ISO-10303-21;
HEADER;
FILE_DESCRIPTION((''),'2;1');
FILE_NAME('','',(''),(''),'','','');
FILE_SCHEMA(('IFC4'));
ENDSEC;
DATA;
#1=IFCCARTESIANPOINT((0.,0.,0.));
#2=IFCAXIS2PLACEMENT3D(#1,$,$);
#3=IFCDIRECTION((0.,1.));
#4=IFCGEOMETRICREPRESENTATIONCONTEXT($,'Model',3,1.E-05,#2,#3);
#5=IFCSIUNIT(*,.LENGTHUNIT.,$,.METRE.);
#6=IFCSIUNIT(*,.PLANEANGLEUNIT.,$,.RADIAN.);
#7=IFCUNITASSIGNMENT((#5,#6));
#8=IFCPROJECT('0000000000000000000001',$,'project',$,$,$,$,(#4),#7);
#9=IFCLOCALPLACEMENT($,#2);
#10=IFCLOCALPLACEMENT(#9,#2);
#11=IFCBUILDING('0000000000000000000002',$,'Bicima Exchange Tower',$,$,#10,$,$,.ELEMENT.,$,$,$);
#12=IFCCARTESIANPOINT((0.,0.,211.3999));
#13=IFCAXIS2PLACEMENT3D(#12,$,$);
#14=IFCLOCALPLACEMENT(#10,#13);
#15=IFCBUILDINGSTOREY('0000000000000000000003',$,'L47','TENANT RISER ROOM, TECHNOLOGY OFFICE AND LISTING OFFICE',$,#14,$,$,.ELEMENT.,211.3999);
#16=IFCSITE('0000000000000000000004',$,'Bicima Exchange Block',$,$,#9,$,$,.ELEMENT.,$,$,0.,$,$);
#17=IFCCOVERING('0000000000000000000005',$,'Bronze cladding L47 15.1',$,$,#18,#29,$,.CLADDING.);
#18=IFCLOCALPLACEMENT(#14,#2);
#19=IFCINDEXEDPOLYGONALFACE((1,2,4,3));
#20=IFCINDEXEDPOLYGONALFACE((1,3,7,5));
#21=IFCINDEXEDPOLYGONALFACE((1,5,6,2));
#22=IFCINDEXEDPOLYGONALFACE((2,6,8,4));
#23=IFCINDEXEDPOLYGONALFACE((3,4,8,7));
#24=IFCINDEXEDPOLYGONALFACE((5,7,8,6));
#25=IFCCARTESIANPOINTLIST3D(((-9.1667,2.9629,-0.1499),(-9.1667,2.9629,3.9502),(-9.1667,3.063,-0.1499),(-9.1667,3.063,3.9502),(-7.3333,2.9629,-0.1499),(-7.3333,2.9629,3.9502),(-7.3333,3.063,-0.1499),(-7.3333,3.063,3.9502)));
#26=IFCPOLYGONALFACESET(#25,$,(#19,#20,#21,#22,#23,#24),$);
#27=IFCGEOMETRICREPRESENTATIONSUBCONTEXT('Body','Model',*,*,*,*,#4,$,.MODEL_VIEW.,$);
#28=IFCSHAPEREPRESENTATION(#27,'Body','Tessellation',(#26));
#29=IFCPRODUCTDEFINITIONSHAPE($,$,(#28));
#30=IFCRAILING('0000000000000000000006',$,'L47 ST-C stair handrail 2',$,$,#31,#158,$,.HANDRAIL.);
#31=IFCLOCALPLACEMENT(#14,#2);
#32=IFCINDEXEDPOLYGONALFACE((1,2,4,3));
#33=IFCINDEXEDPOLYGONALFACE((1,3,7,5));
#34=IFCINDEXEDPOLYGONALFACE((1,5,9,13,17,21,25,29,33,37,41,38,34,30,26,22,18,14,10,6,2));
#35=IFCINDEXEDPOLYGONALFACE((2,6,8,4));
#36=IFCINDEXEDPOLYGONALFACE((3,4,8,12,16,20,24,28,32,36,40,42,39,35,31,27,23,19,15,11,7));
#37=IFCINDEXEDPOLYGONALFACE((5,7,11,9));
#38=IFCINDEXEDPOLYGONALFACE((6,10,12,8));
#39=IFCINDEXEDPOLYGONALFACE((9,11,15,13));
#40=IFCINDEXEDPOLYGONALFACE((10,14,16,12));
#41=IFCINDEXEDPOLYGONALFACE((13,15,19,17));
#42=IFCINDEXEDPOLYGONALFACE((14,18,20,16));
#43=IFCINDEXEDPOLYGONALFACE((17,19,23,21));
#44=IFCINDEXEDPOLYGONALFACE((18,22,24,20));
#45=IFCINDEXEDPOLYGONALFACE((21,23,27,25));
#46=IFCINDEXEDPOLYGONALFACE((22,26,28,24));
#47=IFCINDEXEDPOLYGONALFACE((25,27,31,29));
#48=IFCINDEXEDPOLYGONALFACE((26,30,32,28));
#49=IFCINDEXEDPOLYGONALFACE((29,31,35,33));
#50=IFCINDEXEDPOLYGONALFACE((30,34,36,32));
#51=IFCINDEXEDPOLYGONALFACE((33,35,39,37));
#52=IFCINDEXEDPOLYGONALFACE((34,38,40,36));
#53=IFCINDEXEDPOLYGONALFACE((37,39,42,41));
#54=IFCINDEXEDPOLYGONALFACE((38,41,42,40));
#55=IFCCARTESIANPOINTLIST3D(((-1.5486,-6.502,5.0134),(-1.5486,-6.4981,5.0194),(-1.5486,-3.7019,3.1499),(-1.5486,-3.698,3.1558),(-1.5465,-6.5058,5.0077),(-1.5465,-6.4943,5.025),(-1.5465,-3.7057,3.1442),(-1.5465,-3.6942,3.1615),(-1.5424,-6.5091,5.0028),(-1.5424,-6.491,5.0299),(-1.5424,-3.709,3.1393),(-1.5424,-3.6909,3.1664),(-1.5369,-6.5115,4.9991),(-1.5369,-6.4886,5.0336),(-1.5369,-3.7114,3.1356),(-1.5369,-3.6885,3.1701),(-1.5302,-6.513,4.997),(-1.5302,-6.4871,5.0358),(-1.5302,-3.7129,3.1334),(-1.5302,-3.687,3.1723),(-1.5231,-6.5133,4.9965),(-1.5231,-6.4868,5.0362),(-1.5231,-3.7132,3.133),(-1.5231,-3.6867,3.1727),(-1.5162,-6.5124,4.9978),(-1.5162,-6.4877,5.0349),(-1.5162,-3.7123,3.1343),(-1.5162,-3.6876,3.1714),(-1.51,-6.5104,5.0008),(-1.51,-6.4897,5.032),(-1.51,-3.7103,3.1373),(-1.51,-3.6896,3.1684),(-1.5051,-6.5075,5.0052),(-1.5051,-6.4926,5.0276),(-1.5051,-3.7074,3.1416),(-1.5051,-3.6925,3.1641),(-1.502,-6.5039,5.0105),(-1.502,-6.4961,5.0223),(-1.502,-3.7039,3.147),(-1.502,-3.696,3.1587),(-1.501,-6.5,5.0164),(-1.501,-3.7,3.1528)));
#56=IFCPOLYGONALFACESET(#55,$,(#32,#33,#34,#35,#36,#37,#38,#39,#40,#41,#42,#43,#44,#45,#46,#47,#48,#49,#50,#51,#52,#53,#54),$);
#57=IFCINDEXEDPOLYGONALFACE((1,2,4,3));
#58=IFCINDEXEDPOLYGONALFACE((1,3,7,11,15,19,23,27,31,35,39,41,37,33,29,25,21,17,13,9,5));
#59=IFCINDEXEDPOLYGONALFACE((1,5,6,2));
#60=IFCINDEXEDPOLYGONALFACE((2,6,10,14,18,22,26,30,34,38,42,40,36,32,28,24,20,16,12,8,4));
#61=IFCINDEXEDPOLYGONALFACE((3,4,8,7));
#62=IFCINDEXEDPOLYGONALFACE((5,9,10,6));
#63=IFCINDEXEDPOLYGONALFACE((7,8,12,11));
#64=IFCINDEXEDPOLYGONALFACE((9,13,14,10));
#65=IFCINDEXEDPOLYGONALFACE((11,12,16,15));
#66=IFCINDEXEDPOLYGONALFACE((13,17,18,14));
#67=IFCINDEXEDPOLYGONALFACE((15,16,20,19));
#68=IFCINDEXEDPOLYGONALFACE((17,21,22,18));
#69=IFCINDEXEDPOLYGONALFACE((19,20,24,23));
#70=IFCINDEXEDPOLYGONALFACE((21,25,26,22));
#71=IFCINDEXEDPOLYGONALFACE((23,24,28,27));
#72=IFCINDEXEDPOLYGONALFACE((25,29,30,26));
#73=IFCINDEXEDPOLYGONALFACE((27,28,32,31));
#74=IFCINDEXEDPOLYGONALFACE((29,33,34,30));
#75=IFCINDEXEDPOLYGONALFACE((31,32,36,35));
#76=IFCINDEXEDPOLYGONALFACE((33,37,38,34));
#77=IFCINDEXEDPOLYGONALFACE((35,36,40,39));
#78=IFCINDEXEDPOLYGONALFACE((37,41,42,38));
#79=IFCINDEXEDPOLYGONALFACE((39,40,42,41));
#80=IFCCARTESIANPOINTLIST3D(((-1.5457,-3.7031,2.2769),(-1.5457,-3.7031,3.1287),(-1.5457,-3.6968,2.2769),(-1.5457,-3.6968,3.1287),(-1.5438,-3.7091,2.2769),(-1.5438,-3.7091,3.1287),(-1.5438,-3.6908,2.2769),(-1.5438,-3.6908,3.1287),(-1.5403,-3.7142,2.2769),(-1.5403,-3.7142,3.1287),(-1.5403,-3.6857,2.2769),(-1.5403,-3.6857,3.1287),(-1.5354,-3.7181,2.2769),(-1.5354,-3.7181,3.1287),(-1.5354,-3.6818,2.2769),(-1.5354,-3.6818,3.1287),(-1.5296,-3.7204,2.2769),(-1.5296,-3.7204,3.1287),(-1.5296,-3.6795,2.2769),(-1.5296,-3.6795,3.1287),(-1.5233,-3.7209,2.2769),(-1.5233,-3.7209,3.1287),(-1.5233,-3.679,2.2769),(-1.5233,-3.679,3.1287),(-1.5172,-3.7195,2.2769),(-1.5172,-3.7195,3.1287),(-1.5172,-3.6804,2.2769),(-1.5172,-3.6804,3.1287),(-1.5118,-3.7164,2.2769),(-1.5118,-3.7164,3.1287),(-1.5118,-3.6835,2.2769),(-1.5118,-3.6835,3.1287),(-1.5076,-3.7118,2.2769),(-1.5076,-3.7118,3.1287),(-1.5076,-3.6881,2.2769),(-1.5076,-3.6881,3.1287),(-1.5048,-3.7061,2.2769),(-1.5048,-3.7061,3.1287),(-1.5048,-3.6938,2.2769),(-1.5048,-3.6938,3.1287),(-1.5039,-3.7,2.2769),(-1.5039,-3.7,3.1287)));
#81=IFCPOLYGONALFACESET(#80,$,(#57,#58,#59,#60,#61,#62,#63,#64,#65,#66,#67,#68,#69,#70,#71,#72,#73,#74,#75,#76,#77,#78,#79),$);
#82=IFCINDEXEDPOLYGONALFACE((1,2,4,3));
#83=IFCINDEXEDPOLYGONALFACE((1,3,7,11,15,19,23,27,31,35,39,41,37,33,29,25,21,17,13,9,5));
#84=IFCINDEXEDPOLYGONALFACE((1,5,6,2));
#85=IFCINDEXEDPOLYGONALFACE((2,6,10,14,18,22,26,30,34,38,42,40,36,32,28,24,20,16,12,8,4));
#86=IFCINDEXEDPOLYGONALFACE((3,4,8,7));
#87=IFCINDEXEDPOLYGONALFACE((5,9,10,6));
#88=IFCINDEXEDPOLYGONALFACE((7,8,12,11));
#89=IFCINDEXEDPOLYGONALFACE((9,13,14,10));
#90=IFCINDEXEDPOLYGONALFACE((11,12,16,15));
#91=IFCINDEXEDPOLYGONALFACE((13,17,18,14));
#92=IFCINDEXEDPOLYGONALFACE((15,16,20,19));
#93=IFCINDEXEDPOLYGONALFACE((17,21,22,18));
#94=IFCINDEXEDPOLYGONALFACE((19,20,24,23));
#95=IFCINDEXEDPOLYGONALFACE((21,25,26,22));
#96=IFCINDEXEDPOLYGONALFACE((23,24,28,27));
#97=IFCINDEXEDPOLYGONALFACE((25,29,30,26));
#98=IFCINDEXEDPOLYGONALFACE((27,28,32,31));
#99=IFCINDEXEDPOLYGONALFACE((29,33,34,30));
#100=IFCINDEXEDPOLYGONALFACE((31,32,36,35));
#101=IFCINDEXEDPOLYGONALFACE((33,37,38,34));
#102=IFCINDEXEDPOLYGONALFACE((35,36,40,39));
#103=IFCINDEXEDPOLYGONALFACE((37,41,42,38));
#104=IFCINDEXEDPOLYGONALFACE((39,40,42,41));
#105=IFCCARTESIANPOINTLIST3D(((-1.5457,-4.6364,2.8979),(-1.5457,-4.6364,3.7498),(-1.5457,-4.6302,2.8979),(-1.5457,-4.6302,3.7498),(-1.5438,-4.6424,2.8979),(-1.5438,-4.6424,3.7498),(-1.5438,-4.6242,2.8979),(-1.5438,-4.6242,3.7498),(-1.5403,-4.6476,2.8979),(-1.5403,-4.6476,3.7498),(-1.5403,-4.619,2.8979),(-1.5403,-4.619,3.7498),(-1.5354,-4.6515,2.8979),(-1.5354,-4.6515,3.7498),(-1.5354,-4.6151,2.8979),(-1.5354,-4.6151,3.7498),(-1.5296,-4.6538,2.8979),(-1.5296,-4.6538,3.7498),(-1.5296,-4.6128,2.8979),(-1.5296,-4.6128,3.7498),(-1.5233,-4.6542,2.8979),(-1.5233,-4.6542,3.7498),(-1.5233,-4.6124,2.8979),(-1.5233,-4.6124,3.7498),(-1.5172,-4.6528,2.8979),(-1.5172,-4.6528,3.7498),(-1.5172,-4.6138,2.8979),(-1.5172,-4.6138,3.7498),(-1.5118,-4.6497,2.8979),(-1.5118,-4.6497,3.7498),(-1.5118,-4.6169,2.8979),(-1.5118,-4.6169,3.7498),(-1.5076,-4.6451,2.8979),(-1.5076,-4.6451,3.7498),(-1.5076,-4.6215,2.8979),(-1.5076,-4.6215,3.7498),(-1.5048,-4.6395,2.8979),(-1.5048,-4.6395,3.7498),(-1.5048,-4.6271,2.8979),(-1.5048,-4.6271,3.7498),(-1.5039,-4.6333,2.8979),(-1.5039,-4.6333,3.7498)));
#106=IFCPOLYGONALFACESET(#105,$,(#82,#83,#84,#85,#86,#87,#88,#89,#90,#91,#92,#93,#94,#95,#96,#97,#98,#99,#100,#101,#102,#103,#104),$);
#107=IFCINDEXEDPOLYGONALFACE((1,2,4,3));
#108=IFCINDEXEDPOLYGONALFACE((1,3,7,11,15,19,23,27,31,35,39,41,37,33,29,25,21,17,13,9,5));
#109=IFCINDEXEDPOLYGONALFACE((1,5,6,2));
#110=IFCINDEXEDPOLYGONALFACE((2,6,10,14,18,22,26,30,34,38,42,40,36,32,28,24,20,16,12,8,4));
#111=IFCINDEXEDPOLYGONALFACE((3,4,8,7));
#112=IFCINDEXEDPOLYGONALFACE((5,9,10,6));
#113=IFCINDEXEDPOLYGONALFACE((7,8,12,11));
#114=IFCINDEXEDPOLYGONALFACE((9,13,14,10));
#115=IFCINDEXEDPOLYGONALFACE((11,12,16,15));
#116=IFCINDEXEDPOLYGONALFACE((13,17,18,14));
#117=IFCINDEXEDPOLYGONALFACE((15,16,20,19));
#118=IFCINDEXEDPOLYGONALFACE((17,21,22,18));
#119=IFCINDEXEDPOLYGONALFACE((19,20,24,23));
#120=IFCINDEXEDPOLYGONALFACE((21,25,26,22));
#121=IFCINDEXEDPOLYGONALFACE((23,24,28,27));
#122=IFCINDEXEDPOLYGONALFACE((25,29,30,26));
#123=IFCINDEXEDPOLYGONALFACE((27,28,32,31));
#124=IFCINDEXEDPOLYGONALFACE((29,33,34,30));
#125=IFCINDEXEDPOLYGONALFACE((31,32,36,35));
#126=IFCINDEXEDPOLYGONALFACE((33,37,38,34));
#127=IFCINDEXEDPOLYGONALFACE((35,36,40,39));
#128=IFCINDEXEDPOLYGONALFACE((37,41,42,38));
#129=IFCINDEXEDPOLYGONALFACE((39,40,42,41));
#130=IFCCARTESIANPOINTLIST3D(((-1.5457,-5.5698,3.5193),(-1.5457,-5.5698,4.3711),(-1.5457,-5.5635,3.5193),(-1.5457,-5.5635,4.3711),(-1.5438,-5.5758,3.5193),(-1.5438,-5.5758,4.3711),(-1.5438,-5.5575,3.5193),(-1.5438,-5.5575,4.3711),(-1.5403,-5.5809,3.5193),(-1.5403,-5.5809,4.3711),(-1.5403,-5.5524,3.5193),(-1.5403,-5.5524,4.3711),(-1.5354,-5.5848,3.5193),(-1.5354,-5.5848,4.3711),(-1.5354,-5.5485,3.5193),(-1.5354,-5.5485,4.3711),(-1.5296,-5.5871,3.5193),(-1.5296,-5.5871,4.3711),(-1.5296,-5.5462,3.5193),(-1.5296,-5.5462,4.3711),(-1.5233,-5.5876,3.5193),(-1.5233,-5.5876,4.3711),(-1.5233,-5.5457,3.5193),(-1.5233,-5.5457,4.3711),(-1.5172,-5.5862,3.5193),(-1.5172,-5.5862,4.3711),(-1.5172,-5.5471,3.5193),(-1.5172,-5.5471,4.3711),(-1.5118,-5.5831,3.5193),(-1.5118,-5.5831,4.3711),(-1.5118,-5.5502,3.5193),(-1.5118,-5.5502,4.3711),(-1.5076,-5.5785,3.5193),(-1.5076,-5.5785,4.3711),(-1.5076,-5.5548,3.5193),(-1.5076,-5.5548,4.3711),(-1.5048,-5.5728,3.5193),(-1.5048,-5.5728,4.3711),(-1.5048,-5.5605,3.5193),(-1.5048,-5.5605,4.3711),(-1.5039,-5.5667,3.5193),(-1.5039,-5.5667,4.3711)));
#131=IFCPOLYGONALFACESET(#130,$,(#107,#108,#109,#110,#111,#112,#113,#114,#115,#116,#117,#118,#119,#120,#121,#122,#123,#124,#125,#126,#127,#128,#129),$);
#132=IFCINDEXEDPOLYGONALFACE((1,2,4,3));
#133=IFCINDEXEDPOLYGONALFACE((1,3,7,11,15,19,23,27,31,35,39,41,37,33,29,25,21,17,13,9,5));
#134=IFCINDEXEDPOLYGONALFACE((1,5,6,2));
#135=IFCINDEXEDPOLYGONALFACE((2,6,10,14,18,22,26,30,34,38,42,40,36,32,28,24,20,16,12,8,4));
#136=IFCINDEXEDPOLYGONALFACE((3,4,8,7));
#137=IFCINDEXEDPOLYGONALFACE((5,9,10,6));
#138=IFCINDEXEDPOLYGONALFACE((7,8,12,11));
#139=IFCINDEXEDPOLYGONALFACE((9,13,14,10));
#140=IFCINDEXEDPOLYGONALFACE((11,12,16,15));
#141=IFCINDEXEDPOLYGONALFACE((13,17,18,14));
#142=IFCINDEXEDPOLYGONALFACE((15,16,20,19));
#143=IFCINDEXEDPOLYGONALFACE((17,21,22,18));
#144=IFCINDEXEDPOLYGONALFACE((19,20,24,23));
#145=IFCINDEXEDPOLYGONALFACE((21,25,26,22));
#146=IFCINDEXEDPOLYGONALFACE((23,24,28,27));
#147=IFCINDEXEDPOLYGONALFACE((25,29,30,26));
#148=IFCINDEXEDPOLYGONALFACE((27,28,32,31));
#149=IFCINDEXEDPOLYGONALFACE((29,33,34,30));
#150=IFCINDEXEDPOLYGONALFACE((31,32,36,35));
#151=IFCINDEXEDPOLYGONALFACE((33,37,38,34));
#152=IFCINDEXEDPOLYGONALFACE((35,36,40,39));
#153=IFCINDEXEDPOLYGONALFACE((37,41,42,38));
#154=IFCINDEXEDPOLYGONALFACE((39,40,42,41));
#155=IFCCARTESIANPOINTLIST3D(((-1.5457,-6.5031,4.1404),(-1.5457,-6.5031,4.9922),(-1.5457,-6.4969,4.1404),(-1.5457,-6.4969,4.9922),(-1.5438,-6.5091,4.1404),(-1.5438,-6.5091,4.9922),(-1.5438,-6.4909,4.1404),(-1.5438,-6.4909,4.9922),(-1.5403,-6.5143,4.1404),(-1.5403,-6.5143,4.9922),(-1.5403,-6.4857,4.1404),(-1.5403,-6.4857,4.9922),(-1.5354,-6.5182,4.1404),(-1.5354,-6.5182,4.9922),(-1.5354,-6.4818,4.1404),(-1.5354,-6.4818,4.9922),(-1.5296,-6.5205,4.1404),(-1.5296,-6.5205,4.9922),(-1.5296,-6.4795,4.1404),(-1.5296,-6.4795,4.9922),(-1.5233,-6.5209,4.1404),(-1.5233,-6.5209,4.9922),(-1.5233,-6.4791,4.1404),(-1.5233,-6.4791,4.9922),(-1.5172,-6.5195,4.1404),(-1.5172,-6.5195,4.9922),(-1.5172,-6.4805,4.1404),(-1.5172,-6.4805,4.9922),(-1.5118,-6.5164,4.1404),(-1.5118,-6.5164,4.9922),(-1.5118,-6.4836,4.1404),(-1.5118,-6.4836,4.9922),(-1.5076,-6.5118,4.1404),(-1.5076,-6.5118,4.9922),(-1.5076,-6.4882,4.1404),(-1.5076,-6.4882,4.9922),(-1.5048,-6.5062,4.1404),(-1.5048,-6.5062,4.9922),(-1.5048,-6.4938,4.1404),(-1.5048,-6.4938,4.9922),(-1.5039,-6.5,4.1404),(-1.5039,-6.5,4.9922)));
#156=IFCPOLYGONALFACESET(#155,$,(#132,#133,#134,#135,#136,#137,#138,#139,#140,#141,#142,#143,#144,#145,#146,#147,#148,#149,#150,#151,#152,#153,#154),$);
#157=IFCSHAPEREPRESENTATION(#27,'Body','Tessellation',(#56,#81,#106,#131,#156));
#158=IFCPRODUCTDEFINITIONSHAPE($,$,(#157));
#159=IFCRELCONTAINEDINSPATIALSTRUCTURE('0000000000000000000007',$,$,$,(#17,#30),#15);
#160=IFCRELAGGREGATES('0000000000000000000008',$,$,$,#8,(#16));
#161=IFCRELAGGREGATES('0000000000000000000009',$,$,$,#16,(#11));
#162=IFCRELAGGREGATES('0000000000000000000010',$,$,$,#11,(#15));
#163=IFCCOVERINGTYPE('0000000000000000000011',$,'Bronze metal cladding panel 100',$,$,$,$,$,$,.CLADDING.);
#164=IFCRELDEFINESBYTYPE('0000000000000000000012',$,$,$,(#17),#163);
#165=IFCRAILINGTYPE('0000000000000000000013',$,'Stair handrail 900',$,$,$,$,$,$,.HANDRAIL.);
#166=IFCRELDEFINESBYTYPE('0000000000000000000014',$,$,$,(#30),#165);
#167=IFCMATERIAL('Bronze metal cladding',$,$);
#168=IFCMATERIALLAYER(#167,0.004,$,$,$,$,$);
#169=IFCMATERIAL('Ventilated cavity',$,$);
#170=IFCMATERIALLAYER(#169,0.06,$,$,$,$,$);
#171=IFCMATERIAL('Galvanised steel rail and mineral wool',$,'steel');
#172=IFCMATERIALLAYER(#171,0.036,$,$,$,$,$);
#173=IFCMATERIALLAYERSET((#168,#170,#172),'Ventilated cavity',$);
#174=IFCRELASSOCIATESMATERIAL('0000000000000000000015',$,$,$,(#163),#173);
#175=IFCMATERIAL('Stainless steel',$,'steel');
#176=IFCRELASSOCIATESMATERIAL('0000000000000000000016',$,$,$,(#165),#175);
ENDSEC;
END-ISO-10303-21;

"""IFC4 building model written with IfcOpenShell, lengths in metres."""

from ifc_helpers import new_model, si_unit, direction, frame, origin, origin_2d, place, context, subcontext, project, spatial, rectangle, circle, extrude, material, layer, layer_set, type_object, element, save


model = new_model("IFC4")

# Units and contexts
model_context = context("Model", 3, precision=1e-05, world=origin(), true_north=direction((0.0, 1.0)))
body_context = subcontext(model_context, "Body", "Model", "MODEL_VIEW")
ifc_project = project(units=[si_unit("LENGTHUNIT", "METRE"), si_unit("PLANEANGLEUNIT", "RADIAN")], contexts=[model_context])

# Site, building, storey
site_placement = place(None, origin())
site = spatial("IfcSite", under=ifc_project, at=site_placement, Name="Bicima Exchange Block", CompositionType="ELEMENT", RefElevation=0.0)
building_placement = place(site_placement, origin())
building = spatial("IfcBuilding", under=site, at=building_placement, Name="Bicima Exchange Tower", CompositionType="ELEMENT")
storey_placement = place(building_placement, frame((0.0, 0.0, 211.3999)))
storey = spatial("IfcBuildingStorey", under=building, at=storey_placement, Name="L47", Description="TENANT RISER ROOM, TECHNOLOGY OFFICE AND LISTING OFFICE", CompositionType="ELEMENT", Elevation=211.3999)

# Covering
ifc_material_1 = material(Name="Bronze metal cladding")
ifc_layer_1 = layer(ifc_material_1, 0.004)
ifc_material_2 = material(Name="Ventilated cavity")
ifc_layer_2 = layer(ifc_material_2, 0.06)
ifc_material_3 = material(Name="Galvanised steel rail and mineral wool", Category="steel")
ifc_layer_3 = layer(ifc_material_3, 0.036)
ifc_layer_set_1 = layer_set([ifc_layer_1, ifc_layer_2, ifc_layer_3], Name="Ventilated cavity")
covering_type = type_object("IfcCoveringType", Name="Bronze metal cladding panel 100", PredefinedType="CLADDING", material=ifc_layer_set_1)
covering_1_placement = place(storey_placement, frame((-8.25, 3.0129, -0.1499), z_axis=(0.0, 0.0, 1.0), x_axis=(-1.0, 0.0, 0.0)))
element("IfcCovering", 1, at=covering_1_placement, inside=storey, type_object=covering_type, Name="Bronze cladding L47 15.1", PredefinedType="CLADDING", context=body_context, shape_type="SweptSolid", body=[
    extrude(rectangle(XDim=1.8335, YDim=0.1001, at=origin_2d()), origin(), (0.0, 0.0, 1.0), 4.1001),
])

# Railing
ifc_material_4 = material(Name="Stainless steel", Category="steel")
railing_type = type_object("IfcRailingType", Name="Stair handrail 900", PredefinedType="HANDRAIL", material=ifc_material_4)
railing_placement = place(storey_placement, frame((-1.5249, -3.7, 2.2769)))
element("IfcRailing", 2, at=railing_placement, inside=storey, type_object=railing_type, Name="L47 ST-C stair handrail 2", PredefinedType="HANDRAIL", context=body_context, shape_type="SweptSolid", body=[
    extrude(circle(Radius=0.0239, at=origin_2d()), frame((0.0, 0.0, 0.876), z_axis=(0.0, -0.832486, 0.554047), x_axis=(1.0, 0.0, 0.0)), (0.0, 0.0, 1.0), 3.3635),
    extrude(circle(Radius=0.021, at=origin_2d()), origin(), (0.0, 0.0, 1.0), 0.8518),
    extrude(circle(Radius=0.021, at=origin_2d()), frame((0.0, -0.9333, 0.6211)), (0.0, 0.0, 1.0), 0.8518),
    extrude(circle(Radius=0.021, at=origin_2d()), frame((0.0, -1.8667, 1.2424)), (0.0, 0.0, 1.0), 0.8518),
    extrude(circle(Radius=0.021, at=origin_2d()), frame((0.0, -2.8, 1.8635)), (0.0, 0.0, 1.0), 0.8518),
])

save(model, "model.ifc")
